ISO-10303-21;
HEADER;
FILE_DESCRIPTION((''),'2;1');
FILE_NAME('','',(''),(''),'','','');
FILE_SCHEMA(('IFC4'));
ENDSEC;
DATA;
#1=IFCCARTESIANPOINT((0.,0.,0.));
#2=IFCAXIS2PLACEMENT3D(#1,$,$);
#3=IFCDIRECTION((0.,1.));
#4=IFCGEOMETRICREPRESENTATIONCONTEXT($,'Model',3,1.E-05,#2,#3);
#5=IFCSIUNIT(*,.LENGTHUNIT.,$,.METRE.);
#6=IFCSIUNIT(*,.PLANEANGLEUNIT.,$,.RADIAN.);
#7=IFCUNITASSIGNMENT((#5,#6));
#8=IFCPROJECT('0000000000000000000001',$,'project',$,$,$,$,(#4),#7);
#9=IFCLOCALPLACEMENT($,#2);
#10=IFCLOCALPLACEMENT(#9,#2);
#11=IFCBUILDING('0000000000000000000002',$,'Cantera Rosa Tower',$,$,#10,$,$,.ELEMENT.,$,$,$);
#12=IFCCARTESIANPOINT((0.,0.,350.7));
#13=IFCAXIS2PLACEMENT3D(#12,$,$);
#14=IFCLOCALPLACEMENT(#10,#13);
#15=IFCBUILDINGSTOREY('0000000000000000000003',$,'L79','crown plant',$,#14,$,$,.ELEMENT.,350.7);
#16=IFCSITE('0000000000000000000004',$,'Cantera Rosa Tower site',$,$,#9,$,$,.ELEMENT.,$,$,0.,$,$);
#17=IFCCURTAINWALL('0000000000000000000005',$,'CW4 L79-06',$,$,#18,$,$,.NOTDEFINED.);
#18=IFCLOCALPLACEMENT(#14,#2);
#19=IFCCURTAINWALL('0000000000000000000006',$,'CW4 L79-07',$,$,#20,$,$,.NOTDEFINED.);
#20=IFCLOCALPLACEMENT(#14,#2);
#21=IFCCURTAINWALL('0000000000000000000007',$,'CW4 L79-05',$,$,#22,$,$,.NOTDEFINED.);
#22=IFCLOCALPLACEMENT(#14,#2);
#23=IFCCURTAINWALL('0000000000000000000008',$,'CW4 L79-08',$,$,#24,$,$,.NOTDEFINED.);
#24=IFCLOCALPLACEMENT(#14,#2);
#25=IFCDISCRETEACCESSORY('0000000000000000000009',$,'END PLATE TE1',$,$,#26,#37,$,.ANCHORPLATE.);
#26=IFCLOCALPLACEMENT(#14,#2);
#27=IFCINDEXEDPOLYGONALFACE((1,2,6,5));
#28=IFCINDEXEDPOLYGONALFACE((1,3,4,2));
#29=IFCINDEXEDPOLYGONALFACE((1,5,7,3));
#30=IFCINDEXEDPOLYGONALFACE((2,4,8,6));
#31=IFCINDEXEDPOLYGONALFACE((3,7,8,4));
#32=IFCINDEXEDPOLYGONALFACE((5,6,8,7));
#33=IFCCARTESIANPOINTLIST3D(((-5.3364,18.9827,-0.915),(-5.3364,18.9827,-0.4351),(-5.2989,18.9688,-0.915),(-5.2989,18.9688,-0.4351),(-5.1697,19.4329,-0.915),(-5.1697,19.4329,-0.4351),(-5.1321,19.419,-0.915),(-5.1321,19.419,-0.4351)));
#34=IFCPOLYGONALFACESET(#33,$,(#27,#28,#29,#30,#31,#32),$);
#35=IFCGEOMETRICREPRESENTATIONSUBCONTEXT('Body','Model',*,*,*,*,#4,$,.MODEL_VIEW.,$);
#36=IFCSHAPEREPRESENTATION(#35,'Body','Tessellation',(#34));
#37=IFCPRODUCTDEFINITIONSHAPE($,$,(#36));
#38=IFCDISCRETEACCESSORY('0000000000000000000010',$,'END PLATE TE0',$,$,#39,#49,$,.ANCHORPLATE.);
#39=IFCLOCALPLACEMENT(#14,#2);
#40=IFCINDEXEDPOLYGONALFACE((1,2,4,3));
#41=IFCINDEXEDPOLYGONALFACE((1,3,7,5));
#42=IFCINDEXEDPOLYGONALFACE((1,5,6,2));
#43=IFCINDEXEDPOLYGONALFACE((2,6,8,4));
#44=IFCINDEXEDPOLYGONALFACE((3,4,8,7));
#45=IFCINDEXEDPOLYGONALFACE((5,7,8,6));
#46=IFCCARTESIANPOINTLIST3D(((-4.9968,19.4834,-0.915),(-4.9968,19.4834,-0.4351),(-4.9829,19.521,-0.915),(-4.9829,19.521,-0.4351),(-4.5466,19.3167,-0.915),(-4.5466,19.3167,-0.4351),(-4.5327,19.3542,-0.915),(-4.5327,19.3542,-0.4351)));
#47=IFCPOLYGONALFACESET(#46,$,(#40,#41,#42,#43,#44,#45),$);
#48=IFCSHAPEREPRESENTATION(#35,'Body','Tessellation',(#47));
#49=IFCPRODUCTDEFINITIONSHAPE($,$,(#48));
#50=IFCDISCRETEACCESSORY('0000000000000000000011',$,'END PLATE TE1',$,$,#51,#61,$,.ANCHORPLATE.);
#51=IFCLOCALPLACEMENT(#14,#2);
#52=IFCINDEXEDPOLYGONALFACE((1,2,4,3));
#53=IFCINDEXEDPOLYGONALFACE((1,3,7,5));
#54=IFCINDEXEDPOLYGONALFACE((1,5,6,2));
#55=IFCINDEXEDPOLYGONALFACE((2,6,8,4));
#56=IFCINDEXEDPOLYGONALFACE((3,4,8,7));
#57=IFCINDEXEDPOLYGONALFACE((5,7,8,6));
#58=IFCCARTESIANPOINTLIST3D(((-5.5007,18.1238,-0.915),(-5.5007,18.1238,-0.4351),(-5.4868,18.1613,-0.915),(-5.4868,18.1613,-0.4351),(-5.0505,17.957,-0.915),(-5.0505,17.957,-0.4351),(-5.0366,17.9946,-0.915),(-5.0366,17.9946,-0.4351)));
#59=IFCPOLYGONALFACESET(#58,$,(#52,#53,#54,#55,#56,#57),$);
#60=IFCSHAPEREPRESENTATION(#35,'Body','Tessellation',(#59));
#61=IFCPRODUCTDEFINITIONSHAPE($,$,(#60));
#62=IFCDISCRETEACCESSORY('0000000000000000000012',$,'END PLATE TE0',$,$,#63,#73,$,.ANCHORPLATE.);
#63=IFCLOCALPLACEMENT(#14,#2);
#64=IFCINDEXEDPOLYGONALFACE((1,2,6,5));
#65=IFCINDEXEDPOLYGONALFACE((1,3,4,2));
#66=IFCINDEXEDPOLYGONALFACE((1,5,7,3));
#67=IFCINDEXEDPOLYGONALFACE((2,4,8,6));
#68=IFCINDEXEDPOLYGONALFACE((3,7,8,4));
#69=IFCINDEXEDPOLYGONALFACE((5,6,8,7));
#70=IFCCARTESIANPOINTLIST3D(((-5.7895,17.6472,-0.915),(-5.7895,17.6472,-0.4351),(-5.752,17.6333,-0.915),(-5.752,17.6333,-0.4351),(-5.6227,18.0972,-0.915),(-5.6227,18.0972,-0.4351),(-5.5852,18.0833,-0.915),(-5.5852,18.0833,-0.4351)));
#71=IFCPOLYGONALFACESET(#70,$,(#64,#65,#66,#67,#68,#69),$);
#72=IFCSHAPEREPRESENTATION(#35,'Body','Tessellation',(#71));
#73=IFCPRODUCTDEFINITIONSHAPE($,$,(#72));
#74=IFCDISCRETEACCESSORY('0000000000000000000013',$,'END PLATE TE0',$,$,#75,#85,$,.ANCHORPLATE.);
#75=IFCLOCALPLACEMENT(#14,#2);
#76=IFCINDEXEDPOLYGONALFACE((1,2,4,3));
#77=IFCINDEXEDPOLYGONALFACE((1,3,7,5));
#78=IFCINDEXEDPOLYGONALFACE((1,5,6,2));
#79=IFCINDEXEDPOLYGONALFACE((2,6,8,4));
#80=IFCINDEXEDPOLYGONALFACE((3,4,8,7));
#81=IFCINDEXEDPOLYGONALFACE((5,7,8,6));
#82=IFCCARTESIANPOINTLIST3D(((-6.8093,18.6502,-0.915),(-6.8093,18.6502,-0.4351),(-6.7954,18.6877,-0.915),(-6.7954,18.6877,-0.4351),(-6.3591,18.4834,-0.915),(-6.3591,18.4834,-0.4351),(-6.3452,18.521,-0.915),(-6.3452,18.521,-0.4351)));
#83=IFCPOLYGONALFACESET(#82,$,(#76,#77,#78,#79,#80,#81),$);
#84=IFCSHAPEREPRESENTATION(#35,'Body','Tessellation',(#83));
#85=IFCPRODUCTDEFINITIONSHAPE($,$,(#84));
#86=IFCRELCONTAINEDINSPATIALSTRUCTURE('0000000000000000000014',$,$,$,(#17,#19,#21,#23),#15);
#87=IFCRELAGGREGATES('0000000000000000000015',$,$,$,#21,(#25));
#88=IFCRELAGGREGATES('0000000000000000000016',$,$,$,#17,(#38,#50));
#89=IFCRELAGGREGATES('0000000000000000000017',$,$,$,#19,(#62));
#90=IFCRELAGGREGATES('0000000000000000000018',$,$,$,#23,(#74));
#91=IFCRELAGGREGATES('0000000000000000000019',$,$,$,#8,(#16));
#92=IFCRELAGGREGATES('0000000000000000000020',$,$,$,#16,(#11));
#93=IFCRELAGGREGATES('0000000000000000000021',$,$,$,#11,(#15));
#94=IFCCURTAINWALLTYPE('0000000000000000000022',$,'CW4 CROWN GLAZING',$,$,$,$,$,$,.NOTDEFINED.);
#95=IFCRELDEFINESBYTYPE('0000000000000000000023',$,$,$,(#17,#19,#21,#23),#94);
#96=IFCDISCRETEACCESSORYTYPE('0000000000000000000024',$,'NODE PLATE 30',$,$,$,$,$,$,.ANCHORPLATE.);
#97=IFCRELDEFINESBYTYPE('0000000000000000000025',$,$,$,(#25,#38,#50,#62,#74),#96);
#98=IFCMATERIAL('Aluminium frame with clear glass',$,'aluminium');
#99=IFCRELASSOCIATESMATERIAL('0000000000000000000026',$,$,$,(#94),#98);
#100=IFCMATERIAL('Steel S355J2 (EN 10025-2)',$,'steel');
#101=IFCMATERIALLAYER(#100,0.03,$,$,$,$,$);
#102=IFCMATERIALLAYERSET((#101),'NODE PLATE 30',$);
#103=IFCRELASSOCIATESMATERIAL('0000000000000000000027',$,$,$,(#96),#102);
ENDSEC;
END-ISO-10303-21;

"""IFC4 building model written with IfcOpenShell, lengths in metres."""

from ifc_helpers import new_model, si_unit, direction, frame, origin, place, context, subcontext, project, spatial, polyline, outline, extrude, material, layer, layer_set, type_object, element, aggregate, save


model = new_model("IFC4")

# Units and contexts
model_context = context("Model", 3, precision=1e-05, world=origin(), true_north=direction((0.0, 1.0)))
body_context = subcontext(model_context, "Body", "Model", "MODEL_VIEW")
ifc_project = project(units=[si_unit("LENGTHUNIT", "METRE"), si_unit("PLANEANGLEUNIT", "RADIAN")], contexts=[model_context])

# Site, building, storey
site_placement = place(None, origin())
site = spatial("IfcSite", under=ifc_project, at=site_placement, Name="Cantera Rosa Tower site", CompositionType="ELEMENT", RefElevation=0.0)
building_placement = place(site_placement, origin())
building = spatial("IfcBuilding", under=site, at=building_placement, Name="Cantera Rosa Tower", CompositionType="ELEMENT")
storey_placement = place(building_placement, frame((0.0, 0.0, 350.7)))
storey = spatial("IfcBuildingStorey", under=building, at=storey_placement, Name="L79", Description="crown plant", CompositionType="ELEMENT", Elevation=350.7)

# Curtain walls
ifc_material_1 = material(Name="Aluminium frame with clear glass", Category="aluminium")
curtain_wall_type = type_object("IfcCurtainWallType", Name="CW4 CROWN GLAZING", PredefinedType="NOTDEFINED", material=ifc_material_1)
curtain_wall_1_placement = place(storey_placement, origin())
curtain_wall_1 = element("IfcCurtainWall", 1, at=curtain_wall_1_placement, inside=storey, type_object=curtain_wall_type, Name="CW4 L79-06", PredefinedType="NOTDEFINED")
curtain_wall_2_placement = place(storey_placement, origin())
curtain_wall_2 = element("IfcCurtainWall", 2, at=curtain_wall_2_placement, inside=storey, type_object=curtain_wall_type, Name="CW4 L79-07", PredefinedType="NOTDEFINED")
curtain_wall_3_placement = place(storey_placement, origin())
curtain_wall_3 = element("IfcCurtainWall", 3, at=curtain_wall_3_placement, inside=storey, type_object=curtain_wall_type, Name="CW4 L79-05", PredefinedType="NOTDEFINED")

# Curtain wall
curtain_wall_4_placement = place(storey_placement, origin())
curtain_wall_4 = element("IfcCurtainWall", 4, at=curtain_wall_4_placement, inside=storey, type_object=curtain_wall_type, Name="CW4 L79-08", PredefinedType="NOTDEFINED")

# Shared definitions
ifc_material_2 = material(Name="Steel S355J2 (EN 10025-2)", Category="steel")
ifc_layer_1 = layer(ifc_material_2, 0.03)
ifc_layer_set_1 = layer_set([ifc_layer_1], Name="NODE PLATE 30")
discrete_accessory_type = type_object("IfcDiscreteAccessoryType", Name="NODE PLATE 30", PredefinedType="ANCHORPLATE", material=ifc_layer_set_1)

# Discrete accessories
discrete_accessory_1_placement = place(storey_placement, frame((-5.3364, 18.9827, -0.4351), z_axis=(-0.937743, 0.347331, 0.0), x_axis=(0.347331, 0.937743, 0.0)))
discrete_accessory_1 = element("IfcDiscreteAccessory", 5, at=discrete_accessory_1_placement, type_object=discrete_accessory_type, Name="END PLATE TE1", PredefinedType="ANCHORPLATE", context=body_context, shape_type="SweptSolid", body=[
    extrude(outline(polyline([(0.0, 0.0), (0.4801, 0.0), (0.4801, 0.48), (0.0, 0.48), (0.0, 0.0)])), origin(), (0.0, 0.0, -1.0), 0.04),
])
aggregate(curtain_wall_3, [discrete_accessory_1])
discrete_accessory_2_placement = place(storey_placement, frame((-4.9829, 19.521, -0.4351), z_axis=(0.347331, 0.937743, 0.0), x_axis=(0.937743, -0.347331, 0.0)))
discrete_accessory_2 = element("IfcDiscreteAccessory", 6, at=discrete_accessory_2_placement, type_object=discrete_accessory_type, Name="END PLATE TE0", PredefinedType="ANCHORPLATE", context=body_context, shape_type="SweptSolid", body=[
    extrude(outline(polyline([(0.0, 0.0), (0.4801, 0.0), (0.4801, 0.48), (0.0, 0.48), (0.0, 0.0)])), origin(), (0.0, 0.0, -1.0), 0.04),
])
discrete_accessory_3_placement = place(storey_placement, frame((-5.0505, 17.957, -0.4351), z_axis=(-0.347331, -0.937743, 0.0), x_axis=(-0.937743, 0.347331, 0.0)))
discrete_accessory_3 = element("IfcDiscreteAccessory", 7, at=discrete_accessory_3_placement, type_object=discrete_accessory_type, Name="END PLATE TE1", PredefinedType="ANCHORPLATE", context=body_context, shape_type="SweptSolid", body=[
    extrude(outline(polyline([(0.0, 0.0), (0.4801, 0.0), (0.4801, 0.48), (0.0, 0.48), (0.0, 0.0)])), origin(), (0.0, 0.0, -1.0), 0.04),
])
aggregate(curtain_wall_1, [discrete_accessory_2, discrete_accessory_3])
discrete_accessory_4_placement = place(storey_placement, frame((-5.5852, 18.0833, -0.4351), z_axis=(0.937681, -0.347497, 0.0), x_axis=(-0.347497, -0.937681, 0.0)))
discrete_accessory_4 = element("IfcDiscreteAccessory", 8, at=discrete_accessory_4_placement, type_object=discrete_accessory_type, Name="END PLATE TE0", PredefinedType="ANCHORPLATE", context=body_context, shape_type="SweptSolid", body=[
    extrude(outline(polyline([(0.0, 0.0), (0.4799, 0.0), (0.4799, 0.48), (0.0, 0.48), (0.0, 0.0)])), origin(), (0.0, 0.0, -1.0), 0.04),
])
aggregate(curtain_wall_2, [discrete_accessory_4])
discrete_accessory_5_placement = place(storey_placement, frame((-6.7954, 18.6877, -0.4351), z_axis=(0.347331, 0.937743, 0.0), x_axis=(0.937743, -0.347331, 0.0)))
discrete_accessory_5 = element("IfcDiscreteAccessory", 9, at=discrete_accessory_5_placement, type_object=discrete_accessory_type, Name="END PLATE TE0", PredefinedType="ANCHORPLATE", context=body_context, shape_type="SweptSolid", body=[
    extrude(outline(polyline([(0.0, 0.0), (0.4801, 0.0), (0.4801, 0.48), (0.0, 0.48), (0.0, 0.0)])), origin(), (0.0, 0.0, -1.0), 0.04),
])
aggregate(curtain_wall_4, [discrete_accessory_5])

save(model, "model.ifc")
